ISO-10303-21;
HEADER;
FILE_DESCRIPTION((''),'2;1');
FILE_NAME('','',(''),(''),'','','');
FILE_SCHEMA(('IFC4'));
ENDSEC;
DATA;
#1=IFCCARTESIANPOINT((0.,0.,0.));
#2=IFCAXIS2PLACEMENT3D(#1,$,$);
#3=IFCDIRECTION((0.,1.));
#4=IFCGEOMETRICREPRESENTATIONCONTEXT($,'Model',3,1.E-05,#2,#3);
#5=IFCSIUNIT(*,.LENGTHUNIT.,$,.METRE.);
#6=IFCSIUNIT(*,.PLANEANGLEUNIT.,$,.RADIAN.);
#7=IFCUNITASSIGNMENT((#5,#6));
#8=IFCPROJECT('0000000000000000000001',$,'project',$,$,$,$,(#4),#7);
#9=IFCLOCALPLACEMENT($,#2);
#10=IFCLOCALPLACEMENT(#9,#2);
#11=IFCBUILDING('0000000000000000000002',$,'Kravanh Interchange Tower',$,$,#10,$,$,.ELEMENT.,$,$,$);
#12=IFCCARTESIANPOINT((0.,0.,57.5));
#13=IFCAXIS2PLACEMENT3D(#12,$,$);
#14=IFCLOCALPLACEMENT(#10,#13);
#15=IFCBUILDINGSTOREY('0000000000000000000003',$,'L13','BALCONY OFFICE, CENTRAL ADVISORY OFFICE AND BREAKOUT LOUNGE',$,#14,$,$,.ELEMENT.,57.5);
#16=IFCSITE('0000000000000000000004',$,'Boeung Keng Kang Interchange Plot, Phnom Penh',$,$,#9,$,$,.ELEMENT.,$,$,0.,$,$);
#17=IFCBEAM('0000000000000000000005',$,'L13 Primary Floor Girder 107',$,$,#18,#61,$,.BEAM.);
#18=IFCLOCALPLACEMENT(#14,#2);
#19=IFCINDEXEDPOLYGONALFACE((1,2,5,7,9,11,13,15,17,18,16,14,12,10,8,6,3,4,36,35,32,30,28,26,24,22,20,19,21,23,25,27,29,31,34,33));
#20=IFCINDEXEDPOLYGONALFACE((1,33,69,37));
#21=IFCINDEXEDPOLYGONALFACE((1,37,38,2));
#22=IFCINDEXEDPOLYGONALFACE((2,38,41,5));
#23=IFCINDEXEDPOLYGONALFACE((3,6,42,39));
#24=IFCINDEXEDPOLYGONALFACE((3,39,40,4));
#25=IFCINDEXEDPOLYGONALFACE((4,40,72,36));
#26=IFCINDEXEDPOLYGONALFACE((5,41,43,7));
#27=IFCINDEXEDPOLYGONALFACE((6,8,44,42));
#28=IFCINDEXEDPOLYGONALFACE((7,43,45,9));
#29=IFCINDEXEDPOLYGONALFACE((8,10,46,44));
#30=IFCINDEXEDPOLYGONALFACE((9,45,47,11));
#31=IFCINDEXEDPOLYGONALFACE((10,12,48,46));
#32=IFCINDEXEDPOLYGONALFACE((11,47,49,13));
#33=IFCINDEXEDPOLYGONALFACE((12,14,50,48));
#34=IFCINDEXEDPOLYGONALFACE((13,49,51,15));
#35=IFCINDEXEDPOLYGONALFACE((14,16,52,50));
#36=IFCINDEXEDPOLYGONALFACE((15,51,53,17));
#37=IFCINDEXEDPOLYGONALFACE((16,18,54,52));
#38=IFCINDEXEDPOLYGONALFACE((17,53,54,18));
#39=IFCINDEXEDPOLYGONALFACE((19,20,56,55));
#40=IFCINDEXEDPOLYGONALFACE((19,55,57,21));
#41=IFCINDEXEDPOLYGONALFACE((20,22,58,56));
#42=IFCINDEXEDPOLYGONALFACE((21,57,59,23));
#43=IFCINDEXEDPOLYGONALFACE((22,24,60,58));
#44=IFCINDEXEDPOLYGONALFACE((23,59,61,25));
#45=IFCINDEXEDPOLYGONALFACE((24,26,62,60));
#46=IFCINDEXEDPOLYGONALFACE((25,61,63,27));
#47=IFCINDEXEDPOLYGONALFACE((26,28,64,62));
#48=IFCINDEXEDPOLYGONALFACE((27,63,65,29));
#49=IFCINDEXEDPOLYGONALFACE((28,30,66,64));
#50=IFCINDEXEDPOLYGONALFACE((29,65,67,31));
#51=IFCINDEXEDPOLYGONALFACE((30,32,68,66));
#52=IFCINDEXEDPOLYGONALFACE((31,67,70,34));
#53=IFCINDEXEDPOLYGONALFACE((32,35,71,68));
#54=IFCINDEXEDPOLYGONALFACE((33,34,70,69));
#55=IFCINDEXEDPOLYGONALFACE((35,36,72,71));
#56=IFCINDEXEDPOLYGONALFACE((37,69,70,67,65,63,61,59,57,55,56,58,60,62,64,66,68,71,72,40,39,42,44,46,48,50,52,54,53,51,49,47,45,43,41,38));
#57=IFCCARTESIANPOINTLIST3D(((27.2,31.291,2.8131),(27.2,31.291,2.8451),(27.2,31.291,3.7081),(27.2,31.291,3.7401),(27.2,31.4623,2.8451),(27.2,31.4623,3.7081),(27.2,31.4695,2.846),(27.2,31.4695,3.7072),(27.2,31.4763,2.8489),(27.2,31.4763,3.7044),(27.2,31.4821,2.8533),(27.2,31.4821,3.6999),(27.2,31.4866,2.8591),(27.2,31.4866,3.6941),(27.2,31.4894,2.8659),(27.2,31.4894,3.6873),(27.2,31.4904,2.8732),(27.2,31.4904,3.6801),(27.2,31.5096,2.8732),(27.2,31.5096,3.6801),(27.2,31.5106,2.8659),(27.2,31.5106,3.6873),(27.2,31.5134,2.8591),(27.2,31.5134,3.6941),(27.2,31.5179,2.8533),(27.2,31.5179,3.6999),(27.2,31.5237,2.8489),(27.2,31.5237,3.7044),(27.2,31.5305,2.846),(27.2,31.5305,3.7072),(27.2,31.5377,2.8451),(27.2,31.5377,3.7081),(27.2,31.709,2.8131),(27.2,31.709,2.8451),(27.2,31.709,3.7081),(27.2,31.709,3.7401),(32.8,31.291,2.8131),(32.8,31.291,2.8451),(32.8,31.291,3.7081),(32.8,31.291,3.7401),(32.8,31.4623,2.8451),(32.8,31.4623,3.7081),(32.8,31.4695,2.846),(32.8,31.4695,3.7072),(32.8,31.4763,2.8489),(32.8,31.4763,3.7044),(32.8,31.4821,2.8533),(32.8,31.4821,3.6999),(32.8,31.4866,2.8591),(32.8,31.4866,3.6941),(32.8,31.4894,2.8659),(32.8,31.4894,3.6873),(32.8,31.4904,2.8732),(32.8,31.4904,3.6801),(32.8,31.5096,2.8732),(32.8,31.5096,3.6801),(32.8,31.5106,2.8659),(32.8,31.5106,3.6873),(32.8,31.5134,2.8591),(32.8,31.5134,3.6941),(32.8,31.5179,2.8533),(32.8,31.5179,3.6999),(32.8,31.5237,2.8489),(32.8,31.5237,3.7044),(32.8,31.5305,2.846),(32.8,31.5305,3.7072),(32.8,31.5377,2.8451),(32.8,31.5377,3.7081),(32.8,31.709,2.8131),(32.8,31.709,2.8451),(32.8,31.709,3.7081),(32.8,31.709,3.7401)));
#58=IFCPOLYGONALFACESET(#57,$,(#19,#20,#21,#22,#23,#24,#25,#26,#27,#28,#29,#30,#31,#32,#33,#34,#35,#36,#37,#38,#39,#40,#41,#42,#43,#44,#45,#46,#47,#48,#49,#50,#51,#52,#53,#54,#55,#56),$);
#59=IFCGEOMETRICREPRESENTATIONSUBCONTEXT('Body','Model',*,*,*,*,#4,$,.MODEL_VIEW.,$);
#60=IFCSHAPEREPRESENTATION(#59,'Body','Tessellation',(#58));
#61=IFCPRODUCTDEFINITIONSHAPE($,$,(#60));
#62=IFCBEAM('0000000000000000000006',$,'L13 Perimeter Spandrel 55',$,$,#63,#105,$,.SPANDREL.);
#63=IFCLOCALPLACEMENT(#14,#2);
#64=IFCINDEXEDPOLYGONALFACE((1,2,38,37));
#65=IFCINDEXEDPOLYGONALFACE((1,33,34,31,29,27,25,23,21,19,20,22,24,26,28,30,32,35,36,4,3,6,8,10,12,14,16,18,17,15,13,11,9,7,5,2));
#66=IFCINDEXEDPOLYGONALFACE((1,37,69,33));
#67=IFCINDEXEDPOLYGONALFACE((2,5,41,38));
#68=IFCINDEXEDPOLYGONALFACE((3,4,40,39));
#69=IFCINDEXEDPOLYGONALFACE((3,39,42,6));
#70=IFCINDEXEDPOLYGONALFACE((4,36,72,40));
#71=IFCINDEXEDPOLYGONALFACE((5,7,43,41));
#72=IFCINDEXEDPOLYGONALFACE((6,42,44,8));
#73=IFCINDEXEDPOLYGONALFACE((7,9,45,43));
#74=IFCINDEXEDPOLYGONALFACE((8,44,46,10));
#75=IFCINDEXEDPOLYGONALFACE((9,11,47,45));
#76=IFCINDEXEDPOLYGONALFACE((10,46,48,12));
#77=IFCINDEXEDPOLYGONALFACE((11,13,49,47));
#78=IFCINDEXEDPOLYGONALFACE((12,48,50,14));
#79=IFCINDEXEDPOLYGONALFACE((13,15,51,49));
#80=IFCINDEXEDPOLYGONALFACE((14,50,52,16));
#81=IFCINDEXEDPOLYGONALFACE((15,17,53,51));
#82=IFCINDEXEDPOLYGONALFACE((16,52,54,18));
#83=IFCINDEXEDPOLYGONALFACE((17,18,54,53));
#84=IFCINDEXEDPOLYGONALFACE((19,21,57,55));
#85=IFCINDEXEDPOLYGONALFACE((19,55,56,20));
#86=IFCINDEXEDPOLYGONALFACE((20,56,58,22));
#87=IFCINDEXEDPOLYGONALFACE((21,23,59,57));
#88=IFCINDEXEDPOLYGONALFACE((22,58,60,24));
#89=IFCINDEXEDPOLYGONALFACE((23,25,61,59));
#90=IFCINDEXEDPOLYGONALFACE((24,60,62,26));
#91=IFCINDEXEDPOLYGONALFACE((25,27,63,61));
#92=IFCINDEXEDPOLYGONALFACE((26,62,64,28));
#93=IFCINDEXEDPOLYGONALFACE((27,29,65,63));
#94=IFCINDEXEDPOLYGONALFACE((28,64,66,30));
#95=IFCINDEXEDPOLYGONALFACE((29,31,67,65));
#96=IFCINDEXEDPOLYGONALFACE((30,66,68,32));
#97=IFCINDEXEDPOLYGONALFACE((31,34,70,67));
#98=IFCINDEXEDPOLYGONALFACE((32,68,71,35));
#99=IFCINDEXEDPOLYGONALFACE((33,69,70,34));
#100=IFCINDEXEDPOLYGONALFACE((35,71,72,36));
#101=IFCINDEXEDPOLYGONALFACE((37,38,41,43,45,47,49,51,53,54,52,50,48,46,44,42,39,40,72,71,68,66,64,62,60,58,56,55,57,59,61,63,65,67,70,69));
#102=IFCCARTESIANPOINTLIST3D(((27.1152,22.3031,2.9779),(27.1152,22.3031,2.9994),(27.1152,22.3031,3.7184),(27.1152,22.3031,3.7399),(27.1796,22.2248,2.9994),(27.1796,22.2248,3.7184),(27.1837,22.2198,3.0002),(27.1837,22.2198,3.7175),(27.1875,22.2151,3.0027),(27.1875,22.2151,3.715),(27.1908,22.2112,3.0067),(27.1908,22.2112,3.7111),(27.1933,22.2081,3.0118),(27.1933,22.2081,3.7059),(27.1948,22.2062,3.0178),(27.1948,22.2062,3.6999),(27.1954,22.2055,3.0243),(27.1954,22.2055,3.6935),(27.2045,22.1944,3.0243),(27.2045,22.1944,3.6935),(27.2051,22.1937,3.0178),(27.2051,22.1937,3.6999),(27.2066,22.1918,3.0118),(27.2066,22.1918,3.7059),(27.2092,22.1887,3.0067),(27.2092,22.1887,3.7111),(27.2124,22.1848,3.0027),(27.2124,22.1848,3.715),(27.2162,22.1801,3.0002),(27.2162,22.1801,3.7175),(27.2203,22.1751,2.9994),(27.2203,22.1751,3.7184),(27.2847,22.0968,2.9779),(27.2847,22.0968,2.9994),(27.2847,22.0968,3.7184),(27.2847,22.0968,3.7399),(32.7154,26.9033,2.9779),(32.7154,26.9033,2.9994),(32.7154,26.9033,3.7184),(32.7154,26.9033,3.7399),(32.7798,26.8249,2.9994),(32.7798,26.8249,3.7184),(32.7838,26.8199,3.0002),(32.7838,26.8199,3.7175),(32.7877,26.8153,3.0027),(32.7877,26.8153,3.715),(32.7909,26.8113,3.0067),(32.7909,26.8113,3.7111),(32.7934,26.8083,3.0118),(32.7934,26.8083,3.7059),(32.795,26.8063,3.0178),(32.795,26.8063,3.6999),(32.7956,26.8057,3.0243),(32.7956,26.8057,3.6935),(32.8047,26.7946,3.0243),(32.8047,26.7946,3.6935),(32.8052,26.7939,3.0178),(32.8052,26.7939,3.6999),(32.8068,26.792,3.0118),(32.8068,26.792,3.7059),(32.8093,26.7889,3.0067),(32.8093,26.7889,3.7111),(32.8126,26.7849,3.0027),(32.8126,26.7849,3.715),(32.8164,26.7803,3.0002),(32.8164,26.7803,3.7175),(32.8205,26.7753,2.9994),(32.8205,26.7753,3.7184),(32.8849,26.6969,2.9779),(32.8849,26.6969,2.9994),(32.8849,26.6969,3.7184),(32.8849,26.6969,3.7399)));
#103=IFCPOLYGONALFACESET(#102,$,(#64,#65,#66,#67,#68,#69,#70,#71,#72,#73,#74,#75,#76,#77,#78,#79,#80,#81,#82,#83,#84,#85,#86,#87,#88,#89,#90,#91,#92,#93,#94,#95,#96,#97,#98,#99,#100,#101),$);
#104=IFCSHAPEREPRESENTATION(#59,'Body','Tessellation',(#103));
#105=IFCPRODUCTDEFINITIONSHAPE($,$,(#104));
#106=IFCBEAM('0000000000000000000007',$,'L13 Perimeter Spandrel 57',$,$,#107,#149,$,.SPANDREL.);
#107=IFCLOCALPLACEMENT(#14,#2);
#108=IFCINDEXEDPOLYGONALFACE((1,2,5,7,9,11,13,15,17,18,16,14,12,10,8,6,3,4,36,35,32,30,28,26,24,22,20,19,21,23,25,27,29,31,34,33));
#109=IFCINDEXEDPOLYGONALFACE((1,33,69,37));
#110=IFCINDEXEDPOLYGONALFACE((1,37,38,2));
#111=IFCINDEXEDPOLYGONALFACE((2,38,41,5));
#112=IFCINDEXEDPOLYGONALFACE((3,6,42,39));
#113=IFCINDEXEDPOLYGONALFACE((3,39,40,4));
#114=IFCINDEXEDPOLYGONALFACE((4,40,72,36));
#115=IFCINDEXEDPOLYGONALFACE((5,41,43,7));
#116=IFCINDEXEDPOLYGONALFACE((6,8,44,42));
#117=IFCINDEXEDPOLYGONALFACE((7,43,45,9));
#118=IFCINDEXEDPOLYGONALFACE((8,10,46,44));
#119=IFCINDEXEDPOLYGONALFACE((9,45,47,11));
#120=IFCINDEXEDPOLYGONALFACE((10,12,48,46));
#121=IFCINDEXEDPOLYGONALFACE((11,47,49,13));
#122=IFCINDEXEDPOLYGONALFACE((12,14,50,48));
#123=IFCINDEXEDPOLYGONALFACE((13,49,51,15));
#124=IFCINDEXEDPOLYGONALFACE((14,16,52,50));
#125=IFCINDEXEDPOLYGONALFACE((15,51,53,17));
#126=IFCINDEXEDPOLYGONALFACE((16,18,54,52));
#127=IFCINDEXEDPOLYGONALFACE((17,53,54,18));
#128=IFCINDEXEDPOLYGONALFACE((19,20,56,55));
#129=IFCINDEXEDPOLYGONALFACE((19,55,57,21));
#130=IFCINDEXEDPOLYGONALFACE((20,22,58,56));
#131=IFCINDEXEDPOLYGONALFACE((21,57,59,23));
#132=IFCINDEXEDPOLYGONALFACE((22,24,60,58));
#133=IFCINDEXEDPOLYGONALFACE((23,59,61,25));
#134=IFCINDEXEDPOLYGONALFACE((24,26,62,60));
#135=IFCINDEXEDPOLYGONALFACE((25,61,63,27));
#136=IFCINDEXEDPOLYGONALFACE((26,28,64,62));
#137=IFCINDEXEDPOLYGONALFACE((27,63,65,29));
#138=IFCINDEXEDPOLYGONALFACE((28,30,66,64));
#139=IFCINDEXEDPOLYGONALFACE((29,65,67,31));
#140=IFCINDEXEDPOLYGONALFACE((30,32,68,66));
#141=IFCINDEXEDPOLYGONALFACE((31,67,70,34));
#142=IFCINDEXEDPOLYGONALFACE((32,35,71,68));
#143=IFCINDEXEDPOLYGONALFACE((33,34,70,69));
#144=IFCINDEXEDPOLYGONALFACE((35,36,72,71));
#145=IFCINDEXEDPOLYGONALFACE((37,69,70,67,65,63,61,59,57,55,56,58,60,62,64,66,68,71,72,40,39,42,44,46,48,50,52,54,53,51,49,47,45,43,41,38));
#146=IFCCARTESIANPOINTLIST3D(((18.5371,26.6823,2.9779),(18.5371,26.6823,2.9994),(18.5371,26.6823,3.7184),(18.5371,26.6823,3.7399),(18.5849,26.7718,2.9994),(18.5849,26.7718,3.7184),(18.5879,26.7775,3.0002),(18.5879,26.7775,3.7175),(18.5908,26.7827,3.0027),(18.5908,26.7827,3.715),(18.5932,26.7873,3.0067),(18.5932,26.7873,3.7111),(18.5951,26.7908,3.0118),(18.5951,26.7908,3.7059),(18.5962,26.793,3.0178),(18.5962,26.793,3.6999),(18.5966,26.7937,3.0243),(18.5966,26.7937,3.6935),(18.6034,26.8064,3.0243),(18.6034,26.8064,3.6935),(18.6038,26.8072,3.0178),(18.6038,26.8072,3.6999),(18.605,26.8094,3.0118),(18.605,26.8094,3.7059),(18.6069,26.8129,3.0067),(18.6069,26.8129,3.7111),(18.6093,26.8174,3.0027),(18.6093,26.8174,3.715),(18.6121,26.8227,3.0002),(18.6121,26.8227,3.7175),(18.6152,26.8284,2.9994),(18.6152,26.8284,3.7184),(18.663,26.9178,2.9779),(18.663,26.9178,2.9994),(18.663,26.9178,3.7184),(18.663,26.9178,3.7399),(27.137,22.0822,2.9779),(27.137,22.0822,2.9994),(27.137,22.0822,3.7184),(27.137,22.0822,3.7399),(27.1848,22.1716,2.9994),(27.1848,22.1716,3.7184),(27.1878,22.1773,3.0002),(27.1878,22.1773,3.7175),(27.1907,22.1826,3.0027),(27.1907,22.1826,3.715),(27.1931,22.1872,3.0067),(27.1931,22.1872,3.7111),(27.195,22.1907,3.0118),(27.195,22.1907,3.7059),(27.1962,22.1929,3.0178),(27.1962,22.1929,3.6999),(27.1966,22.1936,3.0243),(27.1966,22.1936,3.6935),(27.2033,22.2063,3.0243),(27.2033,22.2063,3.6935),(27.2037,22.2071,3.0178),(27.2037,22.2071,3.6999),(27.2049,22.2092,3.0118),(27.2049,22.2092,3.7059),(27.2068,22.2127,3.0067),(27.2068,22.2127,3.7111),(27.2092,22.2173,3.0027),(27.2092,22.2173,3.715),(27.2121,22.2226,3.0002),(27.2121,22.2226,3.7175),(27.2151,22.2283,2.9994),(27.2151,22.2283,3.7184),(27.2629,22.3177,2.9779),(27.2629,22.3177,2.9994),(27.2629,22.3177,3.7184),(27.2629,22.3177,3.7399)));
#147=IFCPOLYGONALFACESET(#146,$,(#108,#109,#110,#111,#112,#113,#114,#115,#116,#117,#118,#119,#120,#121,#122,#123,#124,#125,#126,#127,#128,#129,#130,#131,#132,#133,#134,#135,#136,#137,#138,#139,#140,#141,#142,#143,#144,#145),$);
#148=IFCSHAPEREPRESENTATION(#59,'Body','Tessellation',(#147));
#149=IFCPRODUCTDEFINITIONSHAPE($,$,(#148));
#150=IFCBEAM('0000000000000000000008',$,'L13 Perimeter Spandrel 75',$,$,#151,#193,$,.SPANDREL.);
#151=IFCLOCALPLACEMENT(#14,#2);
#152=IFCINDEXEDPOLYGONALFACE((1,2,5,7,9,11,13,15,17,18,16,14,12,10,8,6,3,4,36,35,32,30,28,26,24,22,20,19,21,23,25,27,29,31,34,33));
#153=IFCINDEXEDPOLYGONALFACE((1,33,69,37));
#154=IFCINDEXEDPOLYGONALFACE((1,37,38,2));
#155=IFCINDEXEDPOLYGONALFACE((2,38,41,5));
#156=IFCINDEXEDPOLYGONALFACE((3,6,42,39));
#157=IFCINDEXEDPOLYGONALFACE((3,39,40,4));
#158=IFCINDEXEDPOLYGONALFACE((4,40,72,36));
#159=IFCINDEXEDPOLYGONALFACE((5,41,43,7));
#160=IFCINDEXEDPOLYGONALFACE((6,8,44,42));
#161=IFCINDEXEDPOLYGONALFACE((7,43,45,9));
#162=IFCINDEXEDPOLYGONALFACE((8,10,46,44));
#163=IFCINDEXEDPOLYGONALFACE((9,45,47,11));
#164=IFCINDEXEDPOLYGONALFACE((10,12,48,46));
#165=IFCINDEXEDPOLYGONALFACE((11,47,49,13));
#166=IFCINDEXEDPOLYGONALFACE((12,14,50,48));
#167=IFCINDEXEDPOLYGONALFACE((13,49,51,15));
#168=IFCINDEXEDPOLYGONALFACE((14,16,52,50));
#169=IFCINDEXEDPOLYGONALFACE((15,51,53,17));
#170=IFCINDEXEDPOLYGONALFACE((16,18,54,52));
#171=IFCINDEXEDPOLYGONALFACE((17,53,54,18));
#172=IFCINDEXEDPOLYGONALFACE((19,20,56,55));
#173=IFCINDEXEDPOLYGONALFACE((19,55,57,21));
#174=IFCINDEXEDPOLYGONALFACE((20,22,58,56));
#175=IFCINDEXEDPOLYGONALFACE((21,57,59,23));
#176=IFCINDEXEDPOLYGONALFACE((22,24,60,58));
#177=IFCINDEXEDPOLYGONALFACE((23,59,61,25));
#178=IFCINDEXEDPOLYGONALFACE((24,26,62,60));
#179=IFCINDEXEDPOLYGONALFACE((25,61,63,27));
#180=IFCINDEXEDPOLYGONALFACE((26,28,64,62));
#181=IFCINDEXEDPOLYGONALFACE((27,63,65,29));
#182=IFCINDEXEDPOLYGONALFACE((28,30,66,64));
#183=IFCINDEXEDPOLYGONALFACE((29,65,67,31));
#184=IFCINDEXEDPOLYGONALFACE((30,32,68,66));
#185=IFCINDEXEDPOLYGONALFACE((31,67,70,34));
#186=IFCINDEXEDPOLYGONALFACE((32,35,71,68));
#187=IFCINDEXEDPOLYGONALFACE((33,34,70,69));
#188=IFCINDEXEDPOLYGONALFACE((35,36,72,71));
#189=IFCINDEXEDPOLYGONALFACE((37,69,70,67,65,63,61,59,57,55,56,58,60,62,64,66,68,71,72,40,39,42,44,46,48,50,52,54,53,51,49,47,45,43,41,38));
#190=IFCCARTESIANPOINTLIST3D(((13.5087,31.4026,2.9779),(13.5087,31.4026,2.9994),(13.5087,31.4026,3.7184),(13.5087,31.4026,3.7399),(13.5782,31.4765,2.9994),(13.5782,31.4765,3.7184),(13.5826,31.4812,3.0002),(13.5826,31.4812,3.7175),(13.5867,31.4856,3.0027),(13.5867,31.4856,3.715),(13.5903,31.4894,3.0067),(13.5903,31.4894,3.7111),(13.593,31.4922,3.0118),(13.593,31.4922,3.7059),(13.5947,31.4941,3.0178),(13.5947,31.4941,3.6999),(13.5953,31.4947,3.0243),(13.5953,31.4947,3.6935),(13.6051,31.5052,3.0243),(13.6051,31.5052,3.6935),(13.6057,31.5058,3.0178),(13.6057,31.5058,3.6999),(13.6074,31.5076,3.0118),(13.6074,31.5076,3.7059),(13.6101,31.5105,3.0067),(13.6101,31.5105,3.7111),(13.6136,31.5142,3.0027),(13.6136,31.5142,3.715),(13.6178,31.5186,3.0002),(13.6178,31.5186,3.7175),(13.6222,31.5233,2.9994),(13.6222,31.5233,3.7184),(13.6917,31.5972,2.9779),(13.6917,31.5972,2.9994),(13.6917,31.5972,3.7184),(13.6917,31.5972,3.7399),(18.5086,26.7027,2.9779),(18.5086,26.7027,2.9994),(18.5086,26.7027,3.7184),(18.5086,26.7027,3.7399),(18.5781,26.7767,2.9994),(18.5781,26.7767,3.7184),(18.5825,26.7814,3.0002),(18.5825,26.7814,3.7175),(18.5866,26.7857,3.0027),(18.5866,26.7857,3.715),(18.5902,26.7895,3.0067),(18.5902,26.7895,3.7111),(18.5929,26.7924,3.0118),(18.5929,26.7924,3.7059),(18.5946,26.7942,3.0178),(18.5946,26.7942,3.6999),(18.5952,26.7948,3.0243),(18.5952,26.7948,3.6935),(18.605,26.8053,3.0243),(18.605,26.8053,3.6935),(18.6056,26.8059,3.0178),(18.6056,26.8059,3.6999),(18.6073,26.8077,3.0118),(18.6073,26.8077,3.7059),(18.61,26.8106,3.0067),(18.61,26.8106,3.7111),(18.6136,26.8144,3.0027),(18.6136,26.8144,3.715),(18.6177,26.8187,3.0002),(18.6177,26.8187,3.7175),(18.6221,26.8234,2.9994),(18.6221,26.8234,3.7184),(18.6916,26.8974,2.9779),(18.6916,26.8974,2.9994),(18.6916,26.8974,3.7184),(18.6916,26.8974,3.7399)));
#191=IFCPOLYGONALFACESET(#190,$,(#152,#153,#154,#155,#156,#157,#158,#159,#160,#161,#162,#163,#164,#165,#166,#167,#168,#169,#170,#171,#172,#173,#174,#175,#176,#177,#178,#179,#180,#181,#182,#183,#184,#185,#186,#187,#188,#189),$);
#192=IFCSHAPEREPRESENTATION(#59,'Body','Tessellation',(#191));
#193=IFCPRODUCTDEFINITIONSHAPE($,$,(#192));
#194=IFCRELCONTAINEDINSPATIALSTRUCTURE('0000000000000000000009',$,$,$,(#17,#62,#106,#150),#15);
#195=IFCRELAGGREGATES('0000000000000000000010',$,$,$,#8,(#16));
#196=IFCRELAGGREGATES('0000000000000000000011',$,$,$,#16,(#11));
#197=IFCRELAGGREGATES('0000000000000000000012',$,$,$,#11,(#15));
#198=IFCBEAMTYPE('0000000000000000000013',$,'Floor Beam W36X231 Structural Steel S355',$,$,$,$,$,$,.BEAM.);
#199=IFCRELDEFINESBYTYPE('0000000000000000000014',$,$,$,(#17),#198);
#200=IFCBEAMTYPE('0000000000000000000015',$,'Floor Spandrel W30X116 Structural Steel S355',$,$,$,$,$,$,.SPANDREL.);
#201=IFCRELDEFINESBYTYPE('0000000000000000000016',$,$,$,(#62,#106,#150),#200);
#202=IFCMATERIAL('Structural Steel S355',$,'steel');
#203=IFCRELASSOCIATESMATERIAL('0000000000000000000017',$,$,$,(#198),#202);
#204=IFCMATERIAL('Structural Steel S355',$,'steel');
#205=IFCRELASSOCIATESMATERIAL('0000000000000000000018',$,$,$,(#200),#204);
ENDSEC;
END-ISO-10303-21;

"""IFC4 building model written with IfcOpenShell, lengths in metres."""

from ifc_helpers import new_model, si_unit, direction, frame, origin, origin_2d, place, context, subcontext, project, spatial, i_section, extrude, material, material_profile, profile_set, type_object, element, save


model = new_model("IFC4")

# Units and contexts
model_context = context("Model", 3, precision=1e-05, world=origin(), true_north=direction((0.0, 1.0)))
body_context = subcontext(model_context, "Body", "Model", "MODEL_VIEW")
ifc_project = project(units=[si_unit("LENGTHUNIT", "METRE"), si_unit("PLANEANGLEUNIT", "RADIAN")], contexts=[model_context])

# Site, building, storey
site_placement = place(None, origin())
site = spatial("IfcSite", under=ifc_project, at=site_placement, Name="Boeung Keng Kang Interchange Plot, Phnom Penh", CompositionType="ELEMENT", RefElevation=0.0)
building_placement = place(site_placement, origin())
building = spatial("IfcBuilding", under=site, at=building_placement, Name="Kravanh Interchange Tower", CompositionType="ELEMENT")
storey_placement = place(building_placement, frame((0.0, 0.0, 57.5)))
storey = spatial("IfcBuildingStorey", under=building, at=storey_placement, Name="L13", Description="BALCONY OFFICE, CENTRAL ADVISORY OFFICE AND BREAKOUT LOUNGE", CompositionType="ELEMENT", Elevation=57.5)

# Beams
ifc_material_1 = material(Name="Structural Steel S355", Category="steel")
ifc_material_profile_1 = material_profile(ifc_material_1, i_section(OverallWidth=0.418, OverallDepth=0.927, WebThickness=0.0193, FlangeThickness=0.032, FilletRadius=0.0281, at=origin_2d()), Name="W36X231")
ifc_profile_set_1 = profile_set([ifc_material_profile_1], Name="Structural Steel S355")
beam_type_1 = type_object("IfcBeamType", Name="Floor Beam W36X231 Structural Steel S355", PredefinedType="BEAM", material=ifc_profile_set_1)
beam_1_placement = place(storey_placement, frame((27.2, 31.5, 3.2766), z_axis=(1.0, 0.0, 0.0), x_axis=(0.0, 1.0, 0.0)))
element("IfcBeam", 1, at=beam_1_placement, inside=storey, type_object=beam_type_1, Name="L13 Primary Floor Girder 107", PredefinedType="BEAM", context=body_context, shape_type="SweptSolid", body=[
    extrude(i_section(OverallWidth=0.418, OverallDepth=0.927, WebThickness=0.0193, FlangeThickness=0.032, FilletRadius=0.0281, at=origin_2d()), origin(), (0.0, 0.0, 1.0), 5.6001),
])
ifc_material_2 = material(Name="Structural Steel S355", Category="steel")
ifc_material_profile_2 = material_profile(ifc_material_2, i_section(OverallWidth=0.2671, OverallDepth=0.762, WebThickness=0.0144, FlangeThickness=0.0215, FilletRadius=0.0249, at=origin_2d()), Name="W30X116")
ifc_profile_set_2 = profile_set([ifc_material_profile_2], Name="Structural Steel S355")
beam_type_2 = type_object("IfcBeamType", Name="Floor Spandrel W30X116 Structural Steel S355", PredefinedType="SPANDREL", material=ifc_profile_set_2)
beam_2_placement = place(storey_placement, frame((27.2, 22.2, 3.3589), z_axis=(0.772725, 0.634741, 0.0), x_axis=(-0.634741, 0.772725, 0.0)))
element("IfcBeam", 2, at=beam_2_placement, inside=storey, type_object=beam_type_2, Name="L13 Perimeter Spandrel 55", PredefinedType="SPANDREL", context=body_context, shape_type="SweptSolid", body=[
    extrude(i_section(OverallWidth=0.2671, OverallDepth=0.762, WebThickness=0.0144, FlangeThickness=0.0215, FilletRadius=0.0249, at=origin_2d()), origin(), (0.0, 0.0, 1.0), 7.2473),
])
beam_3_placement = place(storey_placement, frame((27.2, 22.2, 3.3589), z_axis=(-0.881777, 0.471666, 0.0), x_axis=(-0.471666, -0.881777, 0.0)))
element("IfcBeam", 3, at=beam_3_placement, inside=storey, type_object=beam_type_2, Name="L13 Perimeter Spandrel 57", PredefinedType="SPANDREL", context=body_context, shape_type="SweptSolid", body=[
    extrude(i_section(OverallWidth=0.2671, OverallDepth=0.762, WebThickness=0.0144, FlangeThickness=0.0215, FilletRadius=0.0249, at=origin_2d()), origin(), (0.0, 0.0, 1.0), 9.7529),
])
beam_4_placement = place(storey_placement, frame((18.6001, 26.8, 3.3589), z_axis=(-0.728631, 0.684906, 0.0), x_axis=(-0.684906, -0.728631, 0.0)))
element("IfcBeam", 4, at=beam_4_placement, inside=storey, type_object=beam_type_2, Name="L13 Perimeter Spandrel 75", PredefinedType="SPANDREL", context=body_context, shape_type="SweptSolid", body=[
    extrude(i_section(OverallWidth=0.2671, OverallDepth=0.762, WebThickness=0.0144, FlangeThickness=0.0215, FilletRadius=0.0249, at=origin_2d()), origin(), (0.0, 0.0, 1.0), 6.8621),
])

save(model, "model.ifc")
